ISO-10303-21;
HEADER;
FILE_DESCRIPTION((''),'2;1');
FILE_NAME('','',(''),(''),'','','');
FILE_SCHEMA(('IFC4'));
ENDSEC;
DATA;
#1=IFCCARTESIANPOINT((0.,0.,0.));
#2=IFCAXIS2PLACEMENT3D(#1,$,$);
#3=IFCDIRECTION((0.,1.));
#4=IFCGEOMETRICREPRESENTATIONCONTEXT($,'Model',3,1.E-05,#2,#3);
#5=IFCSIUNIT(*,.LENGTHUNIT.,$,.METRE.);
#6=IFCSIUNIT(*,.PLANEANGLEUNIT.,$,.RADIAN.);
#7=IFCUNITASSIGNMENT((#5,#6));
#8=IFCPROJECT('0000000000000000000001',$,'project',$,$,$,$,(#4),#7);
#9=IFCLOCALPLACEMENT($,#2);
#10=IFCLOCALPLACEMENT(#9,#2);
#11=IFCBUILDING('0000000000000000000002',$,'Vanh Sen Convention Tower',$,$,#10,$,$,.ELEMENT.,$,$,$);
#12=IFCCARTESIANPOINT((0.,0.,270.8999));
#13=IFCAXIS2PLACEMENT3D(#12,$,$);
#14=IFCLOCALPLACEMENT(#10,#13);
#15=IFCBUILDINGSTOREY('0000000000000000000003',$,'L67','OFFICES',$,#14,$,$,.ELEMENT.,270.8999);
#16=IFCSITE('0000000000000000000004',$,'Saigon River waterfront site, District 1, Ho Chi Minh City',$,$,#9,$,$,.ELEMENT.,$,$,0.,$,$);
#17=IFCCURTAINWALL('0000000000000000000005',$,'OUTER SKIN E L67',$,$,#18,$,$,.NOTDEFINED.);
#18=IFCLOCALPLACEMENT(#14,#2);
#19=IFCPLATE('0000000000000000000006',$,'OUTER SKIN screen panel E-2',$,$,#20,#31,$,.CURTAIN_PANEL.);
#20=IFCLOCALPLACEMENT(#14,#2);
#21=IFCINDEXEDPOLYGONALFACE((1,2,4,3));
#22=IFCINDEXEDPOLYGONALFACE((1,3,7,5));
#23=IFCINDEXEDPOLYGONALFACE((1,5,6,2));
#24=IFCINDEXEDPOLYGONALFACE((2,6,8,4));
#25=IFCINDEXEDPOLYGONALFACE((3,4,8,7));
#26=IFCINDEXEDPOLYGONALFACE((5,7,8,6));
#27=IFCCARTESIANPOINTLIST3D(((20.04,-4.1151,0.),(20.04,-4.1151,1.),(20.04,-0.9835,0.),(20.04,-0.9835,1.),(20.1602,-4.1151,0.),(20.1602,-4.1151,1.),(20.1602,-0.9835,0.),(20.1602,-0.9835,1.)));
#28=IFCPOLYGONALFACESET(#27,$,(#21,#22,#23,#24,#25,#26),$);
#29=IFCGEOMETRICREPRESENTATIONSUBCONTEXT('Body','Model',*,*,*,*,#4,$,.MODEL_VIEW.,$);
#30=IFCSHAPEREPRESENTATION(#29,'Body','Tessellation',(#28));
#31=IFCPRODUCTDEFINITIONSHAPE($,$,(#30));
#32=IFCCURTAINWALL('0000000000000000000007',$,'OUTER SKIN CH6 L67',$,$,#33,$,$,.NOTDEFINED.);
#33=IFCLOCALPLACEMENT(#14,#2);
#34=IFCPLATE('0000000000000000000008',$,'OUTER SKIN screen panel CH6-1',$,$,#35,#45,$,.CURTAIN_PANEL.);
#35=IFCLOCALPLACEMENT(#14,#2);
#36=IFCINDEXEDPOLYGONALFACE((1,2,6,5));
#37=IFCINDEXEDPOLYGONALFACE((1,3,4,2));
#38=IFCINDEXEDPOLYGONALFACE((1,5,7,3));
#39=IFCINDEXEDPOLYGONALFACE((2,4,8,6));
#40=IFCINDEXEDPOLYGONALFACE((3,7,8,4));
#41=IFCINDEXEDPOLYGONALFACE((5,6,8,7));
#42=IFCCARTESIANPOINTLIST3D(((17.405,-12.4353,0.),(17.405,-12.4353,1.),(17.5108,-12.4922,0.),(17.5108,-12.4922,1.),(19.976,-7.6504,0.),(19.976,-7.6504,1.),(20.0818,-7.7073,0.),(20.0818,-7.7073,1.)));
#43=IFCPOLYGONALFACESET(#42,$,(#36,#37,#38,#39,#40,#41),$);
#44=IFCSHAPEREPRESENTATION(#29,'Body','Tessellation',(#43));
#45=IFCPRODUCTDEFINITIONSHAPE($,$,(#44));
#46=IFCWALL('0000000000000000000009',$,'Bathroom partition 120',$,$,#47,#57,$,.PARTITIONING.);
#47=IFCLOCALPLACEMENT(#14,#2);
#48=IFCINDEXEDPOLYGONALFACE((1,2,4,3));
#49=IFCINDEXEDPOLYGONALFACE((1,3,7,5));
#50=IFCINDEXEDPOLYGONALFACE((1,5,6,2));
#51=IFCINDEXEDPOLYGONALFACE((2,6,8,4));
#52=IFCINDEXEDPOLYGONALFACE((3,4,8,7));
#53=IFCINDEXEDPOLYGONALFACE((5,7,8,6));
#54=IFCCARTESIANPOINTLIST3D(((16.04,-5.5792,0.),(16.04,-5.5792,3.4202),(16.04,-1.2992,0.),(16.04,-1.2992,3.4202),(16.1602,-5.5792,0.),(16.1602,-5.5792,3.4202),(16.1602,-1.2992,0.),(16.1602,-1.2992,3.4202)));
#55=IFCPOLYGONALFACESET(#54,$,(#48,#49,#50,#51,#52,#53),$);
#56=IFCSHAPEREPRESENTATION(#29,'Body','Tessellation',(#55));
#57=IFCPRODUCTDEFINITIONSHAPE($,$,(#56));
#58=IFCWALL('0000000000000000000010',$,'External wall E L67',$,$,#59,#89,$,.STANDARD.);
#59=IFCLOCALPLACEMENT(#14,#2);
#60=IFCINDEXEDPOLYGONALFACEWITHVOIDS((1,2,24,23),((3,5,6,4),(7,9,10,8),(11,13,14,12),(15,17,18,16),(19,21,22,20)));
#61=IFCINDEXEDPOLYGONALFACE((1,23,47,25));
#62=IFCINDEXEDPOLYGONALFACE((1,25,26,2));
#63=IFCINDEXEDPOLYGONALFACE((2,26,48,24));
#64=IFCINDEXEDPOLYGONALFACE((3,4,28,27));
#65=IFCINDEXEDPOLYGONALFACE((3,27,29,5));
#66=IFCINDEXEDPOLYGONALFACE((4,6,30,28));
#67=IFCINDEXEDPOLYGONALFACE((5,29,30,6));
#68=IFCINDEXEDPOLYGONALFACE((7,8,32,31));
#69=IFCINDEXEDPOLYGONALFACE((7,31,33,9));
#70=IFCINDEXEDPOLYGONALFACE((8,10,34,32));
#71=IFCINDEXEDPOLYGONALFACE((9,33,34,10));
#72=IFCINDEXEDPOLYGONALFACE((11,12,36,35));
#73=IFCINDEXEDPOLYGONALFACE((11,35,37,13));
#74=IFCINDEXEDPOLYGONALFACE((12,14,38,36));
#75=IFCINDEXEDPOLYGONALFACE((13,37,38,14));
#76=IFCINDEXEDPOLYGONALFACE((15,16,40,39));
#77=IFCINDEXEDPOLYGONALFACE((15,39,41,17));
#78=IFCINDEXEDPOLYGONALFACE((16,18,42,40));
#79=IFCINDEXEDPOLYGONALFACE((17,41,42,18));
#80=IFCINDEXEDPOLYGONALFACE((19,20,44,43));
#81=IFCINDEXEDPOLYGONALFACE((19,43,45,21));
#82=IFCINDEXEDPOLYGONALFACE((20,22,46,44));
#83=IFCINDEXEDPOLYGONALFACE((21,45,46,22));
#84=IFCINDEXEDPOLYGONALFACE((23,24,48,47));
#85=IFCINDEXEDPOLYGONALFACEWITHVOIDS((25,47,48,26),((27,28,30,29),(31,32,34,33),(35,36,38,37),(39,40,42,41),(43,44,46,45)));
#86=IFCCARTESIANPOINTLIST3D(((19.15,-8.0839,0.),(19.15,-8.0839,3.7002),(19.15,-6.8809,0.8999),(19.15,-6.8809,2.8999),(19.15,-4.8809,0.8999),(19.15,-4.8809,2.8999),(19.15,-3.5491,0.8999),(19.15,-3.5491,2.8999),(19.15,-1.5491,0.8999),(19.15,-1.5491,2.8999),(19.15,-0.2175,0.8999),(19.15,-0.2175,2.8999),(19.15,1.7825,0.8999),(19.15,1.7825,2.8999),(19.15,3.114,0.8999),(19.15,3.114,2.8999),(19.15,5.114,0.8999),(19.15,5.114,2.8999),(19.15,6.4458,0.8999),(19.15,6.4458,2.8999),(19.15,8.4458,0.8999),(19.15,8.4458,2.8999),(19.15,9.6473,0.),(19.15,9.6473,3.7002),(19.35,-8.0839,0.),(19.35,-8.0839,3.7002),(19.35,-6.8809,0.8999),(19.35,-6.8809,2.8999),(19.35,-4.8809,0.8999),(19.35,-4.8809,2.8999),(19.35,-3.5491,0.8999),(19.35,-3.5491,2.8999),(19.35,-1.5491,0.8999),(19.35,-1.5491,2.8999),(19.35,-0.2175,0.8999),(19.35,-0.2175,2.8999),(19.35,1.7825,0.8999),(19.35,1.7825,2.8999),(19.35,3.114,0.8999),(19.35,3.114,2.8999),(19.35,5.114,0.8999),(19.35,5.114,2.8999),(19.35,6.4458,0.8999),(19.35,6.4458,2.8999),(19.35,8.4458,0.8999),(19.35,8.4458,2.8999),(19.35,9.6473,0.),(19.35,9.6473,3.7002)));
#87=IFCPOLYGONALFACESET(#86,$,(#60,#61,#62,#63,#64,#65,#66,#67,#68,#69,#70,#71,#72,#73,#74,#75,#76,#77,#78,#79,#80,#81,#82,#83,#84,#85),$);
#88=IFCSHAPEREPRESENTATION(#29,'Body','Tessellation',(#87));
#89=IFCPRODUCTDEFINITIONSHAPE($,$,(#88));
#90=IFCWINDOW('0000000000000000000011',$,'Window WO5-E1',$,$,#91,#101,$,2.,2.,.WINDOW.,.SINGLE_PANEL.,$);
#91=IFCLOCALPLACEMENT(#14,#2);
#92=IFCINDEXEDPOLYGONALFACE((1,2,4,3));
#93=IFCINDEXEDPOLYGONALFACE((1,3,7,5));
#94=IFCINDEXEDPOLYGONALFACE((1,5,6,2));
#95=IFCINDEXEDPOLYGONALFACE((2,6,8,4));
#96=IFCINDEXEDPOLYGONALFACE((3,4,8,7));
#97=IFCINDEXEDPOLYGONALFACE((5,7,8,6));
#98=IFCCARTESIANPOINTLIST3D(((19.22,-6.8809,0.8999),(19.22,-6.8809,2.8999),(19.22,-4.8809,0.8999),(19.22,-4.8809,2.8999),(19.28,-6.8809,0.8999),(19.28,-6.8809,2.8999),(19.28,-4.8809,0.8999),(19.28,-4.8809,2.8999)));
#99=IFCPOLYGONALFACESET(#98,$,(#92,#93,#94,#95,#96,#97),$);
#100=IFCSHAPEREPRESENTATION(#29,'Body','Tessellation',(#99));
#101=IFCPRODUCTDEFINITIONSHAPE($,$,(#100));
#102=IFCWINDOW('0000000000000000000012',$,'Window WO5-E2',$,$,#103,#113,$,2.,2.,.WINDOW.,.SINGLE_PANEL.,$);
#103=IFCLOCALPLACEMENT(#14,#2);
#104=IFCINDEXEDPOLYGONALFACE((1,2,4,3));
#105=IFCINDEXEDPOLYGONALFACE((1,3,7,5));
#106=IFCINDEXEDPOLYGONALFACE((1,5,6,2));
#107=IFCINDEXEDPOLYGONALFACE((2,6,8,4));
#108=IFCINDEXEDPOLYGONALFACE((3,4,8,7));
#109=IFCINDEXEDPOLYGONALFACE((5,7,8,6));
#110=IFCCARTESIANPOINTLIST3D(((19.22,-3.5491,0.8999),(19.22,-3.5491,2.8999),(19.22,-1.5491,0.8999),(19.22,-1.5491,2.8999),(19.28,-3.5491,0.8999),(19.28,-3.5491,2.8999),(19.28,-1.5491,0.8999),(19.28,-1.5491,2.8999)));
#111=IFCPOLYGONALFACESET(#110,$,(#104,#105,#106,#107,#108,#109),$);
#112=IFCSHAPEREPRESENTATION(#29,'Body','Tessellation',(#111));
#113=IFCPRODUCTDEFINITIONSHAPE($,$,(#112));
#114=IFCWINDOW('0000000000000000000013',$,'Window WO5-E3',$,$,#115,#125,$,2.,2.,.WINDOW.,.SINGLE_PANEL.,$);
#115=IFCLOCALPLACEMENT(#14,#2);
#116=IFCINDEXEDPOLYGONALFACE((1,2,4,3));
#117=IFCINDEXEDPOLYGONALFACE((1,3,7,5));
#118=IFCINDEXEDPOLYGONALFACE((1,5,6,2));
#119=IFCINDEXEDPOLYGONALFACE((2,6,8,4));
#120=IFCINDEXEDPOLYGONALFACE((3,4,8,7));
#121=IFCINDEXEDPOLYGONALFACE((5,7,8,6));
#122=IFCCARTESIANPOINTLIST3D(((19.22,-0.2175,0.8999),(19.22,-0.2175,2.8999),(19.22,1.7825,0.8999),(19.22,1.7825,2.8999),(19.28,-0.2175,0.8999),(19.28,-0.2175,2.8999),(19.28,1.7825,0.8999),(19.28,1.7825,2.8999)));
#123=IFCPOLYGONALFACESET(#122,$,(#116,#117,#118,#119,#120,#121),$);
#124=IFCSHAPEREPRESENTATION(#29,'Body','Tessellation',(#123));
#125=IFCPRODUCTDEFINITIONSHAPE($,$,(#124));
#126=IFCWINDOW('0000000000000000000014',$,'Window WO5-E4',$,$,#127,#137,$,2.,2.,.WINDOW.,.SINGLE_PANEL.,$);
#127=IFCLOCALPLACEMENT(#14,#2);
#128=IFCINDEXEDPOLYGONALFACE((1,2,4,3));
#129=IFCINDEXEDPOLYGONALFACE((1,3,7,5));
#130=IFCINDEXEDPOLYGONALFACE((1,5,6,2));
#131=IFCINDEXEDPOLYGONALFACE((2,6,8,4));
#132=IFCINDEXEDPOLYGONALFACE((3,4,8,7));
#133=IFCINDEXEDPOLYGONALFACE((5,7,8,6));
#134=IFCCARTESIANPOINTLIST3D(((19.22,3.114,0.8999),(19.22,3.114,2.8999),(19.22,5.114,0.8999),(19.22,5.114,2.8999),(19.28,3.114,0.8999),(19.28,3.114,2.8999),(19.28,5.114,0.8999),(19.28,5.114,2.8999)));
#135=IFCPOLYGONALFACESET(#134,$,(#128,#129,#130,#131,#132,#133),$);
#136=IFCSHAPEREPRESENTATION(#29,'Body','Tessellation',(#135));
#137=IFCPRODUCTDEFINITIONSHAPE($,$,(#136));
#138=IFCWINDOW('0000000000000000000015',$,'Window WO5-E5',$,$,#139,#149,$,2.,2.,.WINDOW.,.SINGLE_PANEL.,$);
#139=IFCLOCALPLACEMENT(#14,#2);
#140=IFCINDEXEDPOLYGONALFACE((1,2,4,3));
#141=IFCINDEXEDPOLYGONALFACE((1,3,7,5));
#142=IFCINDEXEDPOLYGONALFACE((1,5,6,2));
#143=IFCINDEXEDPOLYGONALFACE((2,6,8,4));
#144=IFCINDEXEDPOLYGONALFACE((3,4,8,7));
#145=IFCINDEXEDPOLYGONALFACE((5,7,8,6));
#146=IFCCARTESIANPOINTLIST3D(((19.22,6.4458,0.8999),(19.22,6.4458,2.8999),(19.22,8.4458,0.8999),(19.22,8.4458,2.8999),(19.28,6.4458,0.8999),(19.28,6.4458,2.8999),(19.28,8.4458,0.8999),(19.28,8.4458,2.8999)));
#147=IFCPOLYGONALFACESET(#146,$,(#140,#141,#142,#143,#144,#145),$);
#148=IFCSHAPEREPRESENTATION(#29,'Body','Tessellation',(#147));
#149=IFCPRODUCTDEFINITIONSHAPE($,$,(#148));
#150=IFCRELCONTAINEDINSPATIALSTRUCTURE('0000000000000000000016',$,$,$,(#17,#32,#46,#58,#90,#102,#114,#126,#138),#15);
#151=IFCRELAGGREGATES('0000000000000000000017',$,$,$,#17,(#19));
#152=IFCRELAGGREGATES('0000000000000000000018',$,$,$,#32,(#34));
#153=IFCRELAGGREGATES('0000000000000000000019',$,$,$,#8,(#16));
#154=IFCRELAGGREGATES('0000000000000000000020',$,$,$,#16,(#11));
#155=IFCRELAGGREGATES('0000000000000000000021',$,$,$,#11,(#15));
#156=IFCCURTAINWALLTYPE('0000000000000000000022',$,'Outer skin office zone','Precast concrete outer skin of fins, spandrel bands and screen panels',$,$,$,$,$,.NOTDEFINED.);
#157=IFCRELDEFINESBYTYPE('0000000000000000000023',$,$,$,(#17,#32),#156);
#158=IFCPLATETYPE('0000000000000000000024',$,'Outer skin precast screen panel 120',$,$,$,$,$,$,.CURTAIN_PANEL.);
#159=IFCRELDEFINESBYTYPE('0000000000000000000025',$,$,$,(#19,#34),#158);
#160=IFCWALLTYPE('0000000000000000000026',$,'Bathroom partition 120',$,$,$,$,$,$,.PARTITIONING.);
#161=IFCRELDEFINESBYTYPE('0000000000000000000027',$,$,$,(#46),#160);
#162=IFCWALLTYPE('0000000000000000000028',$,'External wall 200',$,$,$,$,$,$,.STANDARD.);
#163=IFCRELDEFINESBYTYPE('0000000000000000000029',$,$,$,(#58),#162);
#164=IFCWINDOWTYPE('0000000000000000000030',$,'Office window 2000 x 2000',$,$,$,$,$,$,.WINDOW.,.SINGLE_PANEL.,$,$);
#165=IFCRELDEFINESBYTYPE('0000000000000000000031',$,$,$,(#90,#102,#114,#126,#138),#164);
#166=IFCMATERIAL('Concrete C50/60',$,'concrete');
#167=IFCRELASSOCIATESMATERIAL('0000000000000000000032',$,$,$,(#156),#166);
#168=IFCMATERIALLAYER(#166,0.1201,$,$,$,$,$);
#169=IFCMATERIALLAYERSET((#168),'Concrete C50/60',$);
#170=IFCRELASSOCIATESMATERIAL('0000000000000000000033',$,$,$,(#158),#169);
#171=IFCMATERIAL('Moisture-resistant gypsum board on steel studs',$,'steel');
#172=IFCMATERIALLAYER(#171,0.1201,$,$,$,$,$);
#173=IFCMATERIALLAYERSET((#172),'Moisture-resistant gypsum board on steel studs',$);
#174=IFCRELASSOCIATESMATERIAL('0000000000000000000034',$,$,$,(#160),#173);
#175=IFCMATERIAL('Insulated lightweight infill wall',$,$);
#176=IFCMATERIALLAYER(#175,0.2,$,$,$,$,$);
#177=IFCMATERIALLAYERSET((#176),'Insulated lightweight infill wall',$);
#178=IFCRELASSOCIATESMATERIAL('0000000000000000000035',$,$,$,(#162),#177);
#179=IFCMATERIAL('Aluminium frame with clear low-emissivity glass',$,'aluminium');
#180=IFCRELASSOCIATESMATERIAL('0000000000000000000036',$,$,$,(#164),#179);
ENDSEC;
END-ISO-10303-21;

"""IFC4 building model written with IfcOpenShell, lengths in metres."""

from ifc_helpers import new_model, si_unit, direction, frame, frame_2d, origin, origin_2d, place, context, subcontext, project, spatial, rectangle, extrude, material, layer, layer_set, type_object, element, fill, aggregate, save


model = new_model("IFC4")

# Units and contexts
model_context = context("Model", 3, precision=1e-05, world=origin(), true_north=direction((0.0, 1.0)))
body_context = subcontext(model_context, "Body", "Model", "MODEL_VIEW")
ifc_project = project(units=[si_unit("LENGTHUNIT", "METRE"), si_unit("PLANEANGLEUNIT", "RADIAN")], contexts=[model_context])

# Site, building, storey
site_placement = place(None, origin())
site = spatial("IfcSite", under=ifc_project, at=site_placement, Name="Saigon River waterfront site, District 1, Ho Chi Minh City", CompositionType="ELEMENT", RefElevation=0.0)
building_placement = place(site_placement, origin())
building = spatial("IfcBuilding", under=site, at=building_placement, Name="Vanh Sen Convention Tower", CompositionType="ELEMENT")
storey_placement = place(building_placement, frame((0.0, 0.0, 270.8999)))
storey = spatial("IfcBuildingStorey", under=building, at=storey_placement, Name="L67", Description="OFFICES", CompositionType="ELEMENT", Elevation=270.8999)

# Curtain wall
ifc_material_1 = material(Name="Concrete C50/60", Category="concrete")
curtain_wall_type = type_object("IfcCurtainWallType", Name="Outer skin office zone", Description="Precast concrete outer skin of fins, spandrel bands and screen panels", PredefinedType="NOTDEFINED", material=ifc_material_1)
curtain_wall_1_placement = place(storey_placement, origin())
curtain_wall_1 = element("IfcCurtainWall", 1, at=curtain_wall_1_placement, inside=storey, type_object=curtain_wall_type, Name="OUTER SKIN E L67", PredefinedType="NOTDEFINED")

# Plate
ifc_layer_1 = layer(ifc_material_1, 0.1201)
ifc_layer_set_1 = layer_set([ifc_layer_1], Name="Concrete C50/60")
plate_type = type_object("IfcPlateType", Name="Outer skin precast screen panel 120", PredefinedType="CURTAIN_PANEL", material=ifc_layer_set_1)
plate_1_placement = place(storey_placement, frame((20.1001, -2.5493, 0.0), z_axis=(0.0, 0.0, 1.0), x_axis=(0.0, 1.0, 0.0)))
plate_1 = element("IfcPlate", 2, at=plate_1_placement, type_object=plate_type, Name="OUTER SKIN screen panel E-2", PredefinedType="CURTAIN_PANEL", context=body_context, shape_type="SweptSolid", body=[
    extrude(rectangle(XDim=3.1316, YDim=0.1201, at=origin_2d()), origin(), (0.0, 0.0, 1.0), 1.0),
])
aggregate(curtain_wall_1, [plate_1])

# Curtain wall, plate
curtain_wall_2_placement = place(storey_placement, origin())
curtain_wall_2 = element("IfcCurtainWall", 3, at=curtain_wall_2_placement, inside=storey, type_object=curtain_wall_type, Name="OUTER SKIN CH6 L67", PredefinedType="NOTDEFINED")
plate_2_placement = place(storey_placement, frame((18.7434, -10.0713, 0.0), z_axis=(0.0, 0.0, 1.0), x_axis=(0.473324, 0.880888, 0.0)))
plate_2 = element("IfcPlate", 4, at=plate_2_placement, type_object=plate_type, Name="OUTER SKIN screen panel CH6-1", PredefinedType="CURTAIN_PANEL", context=body_context, shape_type="SweptSolid", body=[
    extrude(rectangle(XDim=5.4319, YDim=0.1201, at=origin_2d()), origin(), (0.0, 0.0, 1.0), 1.0),
])
aggregate(curtain_wall_2, [plate_2])

# Wall
ifc_material_2 = material(Name="Moisture-resistant gypsum board on steel studs", Category="steel")
ifc_layer_2 = layer(ifc_material_2, 0.1201)
ifc_layer_set_2 = layer_set([ifc_layer_2], Name="Moisture-resistant gypsum board on steel studs")
wall_type_1 = type_object("IfcWallType", Name="Bathroom partition 120", PredefinedType="PARTITIONING", material=ifc_layer_set_2)
wall_1_placement = place(storey_placement, frame((16.1001, -1.2991, 0.0), z_axis=(0.0, 0.0, 1.0), x_axis=(0.0, -1.0, 0.0)))
element("IfcWall", 5, at=wall_1_placement, inside=storey, type_object=wall_type_1, Name="Bathroom partition 120", PredefinedType="PARTITIONING", context=body_context, shape_type="SweptSolid", body=[
    extrude(rectangle(XDim=4.28, YDim=0.1201, at=frame_2d((2.1401, 0.0))), origin(), (0.0, 0.0, 1.0), 3.4202),
])

# Wall, openings, windows
ifc_material_3 = material(Name="Insulated lightweight infill wall")
ifc_layer_3 = layer(ifc_material_3, 0.2)
ifc_layer_set_3 = layer_set([ifc_layer_3], Name="Insulated lightweight infill wall")
wall_type_2 = type_object("IfcWallType", Name="External wall 200", PredefinedType="STANDARD", material=ifc_layer_set_3)
wall_2_placement = place(storey_placement, frame((19.25, -8.084, 0.0), z_axis=(0.0, 0.0, 1.0), x_axis=(0.0, 1.0, 0.0)))
wall_2 = element("IfcWall", 6, at=wall_2_placement, inside=storey, type_object=wall_type_2, Name="External wall E L67", PredefinedType="STANDARD", context=body_context, shape_type="SweptSolid", body=[
    extrude(rectangle(XDim=17.7312, YDim=0.2, at=frame_2d((8.8657, 0.0))), origin(), (0.0, 0.0, 1.0), 3.7002),
])
opening_1_placement = place(wall_2_placement, frame((1.2031, 0.0, 0.8999)))
opening_1 = element("IfcOpeningElement", 7, at=opening_1_placement, cuts=wall_2, PredefinedType="OPENING", context=body_context, shape_type="SweptSolid", body=[
    extrude(rectangle(XDim=2.0, YDim=2.0, at=frame_2d((1.0, 1.0))), frame((0.0, 0.1099, 0.0), z_axis=(0.0, -1.0, 0.0), x_axis=(1.0, 0.0, 0.0)), (0.0, 0.0, 1.0), 0.22),
])
opening_2_placement = place(wall_2_placement, frame((4.5349, 0.0, 0.8999)))
opening_2 = element("IfcOpeningElement", 8, at=opening_2_placement, cuts=wall_2, PredefinedType="OPENING", context=body_context, shape_type="SweptSolid", body=[
    extrude(rectangle(XDim=2.0, YDim=2.0, at=frame_2d((1.0, 1.0))), frame((0.0, 0.1099, 0.0), z_axis=(0.0, -1.0, 0.0), x_axis=(1.0, 0.0, 0.0)), (0.0, 0.0, 1.0), 0.22),
])
opening_3_placement = place(wall_2_placement, frame((7.8665, 0.0, 0.8999)))
opening_3 = element("IfcOpeningElement", 9, at=opening_3_placement, cuts=wall_2, PredefinedType="OPENING", context=body_context, shape_type="SweptSolid", body=[
    extrude(rectangle(XDim=2.0, YDim=2.0, at=frame_2d((1.0, 1.0))), frame((0.0, 0.1099, 0.0), z_axis=(0.0, -1.0, 0.0), x_axis=(1.0, 0.0, 0.0)), (0.0, 0.0, 1.0), 0.22),
])
opening_4_placement = place(wall_2_placement, frame((11.198, 0.0, 0.8999)))
opening_4 = element("IfcOpeningElement", 10, at=opening_4_placement, cuts=wall_2, PredefinedType="OPENING", context=body_context, shape_type="SweptSolid", body=[
    extrude(rectangle(XDim=2.0, YDim=2.0, at=frame_2d((1.0, 1.0))), frame((0.0, 0.1099, 0.0), z_axis=(0.0, -1.0, 0.0), x_axis=(1.0, 0.0, 0.0)), (0.0, 0.0, 1.0), 0.22),
])
opening_5_placement = place(wall_2_placement, frame((14.5298, 0.0, 0.8999)))
opening_5 = element("IfcOpeningElement", 11, at=opening_5_placement, cuts=wall_2, PredefinedType="OPENING", context=body_context, shape_type="SweptSolid", body=[
    extrude(rectangle(XDim=2.0, YDim=2.0, at=frame_2d((1.0, 1.0))), frame((0.0, 0.1099, 0.0), z_axis=(0.0, -1.0, 0.0), x_axis=(1.0, 0.0, 0.0)), (0.0, 0.0, 1.0), 0.22),
])
ifc_material_4 = material(Name="Aluminium frame with clear low-emissivity glass", Category="aluminium")
window_type_1 = type_object("IfcWindowType", Name="Office window 2000 x 2000", PartitioningType="SINGLE_PANEL", PredefinedType="WINDOW", material=ifc_material_4)
window_1_placement = place(opening_1_placement, origin())
window_1 = element("IfcWindow", 12, at=window_1_placement, inside=storey, type_object=window_type_1, Name="Window WO5-E1", OverallHeight=2.0, OverallWidth=2.0, PartitioningType="SINGLE_PANEL", PredefinedType="WINDOW", context=body_context, shape_type="SweptSolid", body=[
    extrude(rectangle(XDim=2.0, YDim=2.0, at=frame_2d((1.0, 1.0))), frame((0.0, 0.03, 0.0), z_axis=(0.0, -1.0, 0.0), x_axis=(1.0, 0.0, 0.0)), (0.0, 0.0, 1.0), 0.0601),
])
fill(opening_1, window_1)
window_2_placement = place(opening_2_placement, origin())
window_2 = element("IfcWindow", 13, at=window_2_placement, inside=storey, type_object=window_type_1, Name="Window WO5-E2", OverallHeight=2.0, OverallWidth=2.0, PartitioningType="SINGLE_PANEL", PredefinedType="WINDOW", context=body_context, shape_type="SweptSolid", body=[
    extrude(rectangle(XDim=2.0, YDim=2.0, at=frame_2d((1.0, 1.0))), frame((0.0, 0.03, 0.0), z_axis=(0.0, -1.0, 0.0), x_axis=(1.0, 0.0, 0.0)), (0.0, 0.0, 1.0), 0.0601),
])
fill(opening_2, window_2)
window_3_placement = place(opening_3_placement, origin())
window_3 = element("IfcWindow", 14, at=window_3_placement, inside=storey, type_object=window_type_1, Name="Window WO5-E3", OverallHeight=2.0, OverallWidth=2.0, PartitioningType="SINGLE_PANEL", PredefinedType="WINDOW", context=body_context, shape_type="SweptSolid", body=[
    extrude(rectangle(XDim=2.0, YDim=2.0, at=frame_2d((1.0, 1.0))), frame((0.0, 0.03, 0.0), z_axis=(0.0, -1.0, 0.0), x_axis=(1.0, 0.0, 0.0)), (0.0, 0.0, 1.0), 0.0601),
])
fill(opening_3, window_3)
window_4_placement = place(opening_4_placement, origin())
window_4 = element("IfcWindow", 15, at=window_4_placement, inside=storey, type_object=window_type_1, Name="Window WO5-E4", OverallHeight=2.0, OverallWidth=2.0, PartitioningType="SINGLE_PANEL", PredefinedType="WINDOW", context=body_context, shape_type="SweptSolid", body=[
    extrude(rectangle(XDim=2.0, YDim=2.0, at=frame_2d((1.0, 1.0))), frame((0.0, 0.03, 0.0), z_axis=(0.0, -1.0, 0.0), x_axis=(1.0, 0.0, 0.0)), (0.0, 0.0, 1.0), 0.0601),
])
fill(opening_4, window_4)
window_5_placement = place(opening_5_placement, origin())
window_5 = element("IfcWindow", 16, at=window_5_placement, inside=storey, type_object=window_type_1, Name="Window WO5-E5", OverallHeight=2.0, OverallWidth=2.0, PartitioningType="SINGLE_PANEL", PredefinedType="WINDOW", context=body_context, shape_type="SweptSolid", body=[
    extrude(rectangle(XDim=2.0, YDim=2.0, at=frame_2d((1.0, 1.0))), frame((0.0, 0.03, 0.0), z_axis=(0.0, -1.0, 0.0), x_axis=(1.0, 0.0, 0.0)), (0.0, 0.0, 1.0), 0.0601),
])
fill(opening_5, window_5)

save(model, "model.ifc")
